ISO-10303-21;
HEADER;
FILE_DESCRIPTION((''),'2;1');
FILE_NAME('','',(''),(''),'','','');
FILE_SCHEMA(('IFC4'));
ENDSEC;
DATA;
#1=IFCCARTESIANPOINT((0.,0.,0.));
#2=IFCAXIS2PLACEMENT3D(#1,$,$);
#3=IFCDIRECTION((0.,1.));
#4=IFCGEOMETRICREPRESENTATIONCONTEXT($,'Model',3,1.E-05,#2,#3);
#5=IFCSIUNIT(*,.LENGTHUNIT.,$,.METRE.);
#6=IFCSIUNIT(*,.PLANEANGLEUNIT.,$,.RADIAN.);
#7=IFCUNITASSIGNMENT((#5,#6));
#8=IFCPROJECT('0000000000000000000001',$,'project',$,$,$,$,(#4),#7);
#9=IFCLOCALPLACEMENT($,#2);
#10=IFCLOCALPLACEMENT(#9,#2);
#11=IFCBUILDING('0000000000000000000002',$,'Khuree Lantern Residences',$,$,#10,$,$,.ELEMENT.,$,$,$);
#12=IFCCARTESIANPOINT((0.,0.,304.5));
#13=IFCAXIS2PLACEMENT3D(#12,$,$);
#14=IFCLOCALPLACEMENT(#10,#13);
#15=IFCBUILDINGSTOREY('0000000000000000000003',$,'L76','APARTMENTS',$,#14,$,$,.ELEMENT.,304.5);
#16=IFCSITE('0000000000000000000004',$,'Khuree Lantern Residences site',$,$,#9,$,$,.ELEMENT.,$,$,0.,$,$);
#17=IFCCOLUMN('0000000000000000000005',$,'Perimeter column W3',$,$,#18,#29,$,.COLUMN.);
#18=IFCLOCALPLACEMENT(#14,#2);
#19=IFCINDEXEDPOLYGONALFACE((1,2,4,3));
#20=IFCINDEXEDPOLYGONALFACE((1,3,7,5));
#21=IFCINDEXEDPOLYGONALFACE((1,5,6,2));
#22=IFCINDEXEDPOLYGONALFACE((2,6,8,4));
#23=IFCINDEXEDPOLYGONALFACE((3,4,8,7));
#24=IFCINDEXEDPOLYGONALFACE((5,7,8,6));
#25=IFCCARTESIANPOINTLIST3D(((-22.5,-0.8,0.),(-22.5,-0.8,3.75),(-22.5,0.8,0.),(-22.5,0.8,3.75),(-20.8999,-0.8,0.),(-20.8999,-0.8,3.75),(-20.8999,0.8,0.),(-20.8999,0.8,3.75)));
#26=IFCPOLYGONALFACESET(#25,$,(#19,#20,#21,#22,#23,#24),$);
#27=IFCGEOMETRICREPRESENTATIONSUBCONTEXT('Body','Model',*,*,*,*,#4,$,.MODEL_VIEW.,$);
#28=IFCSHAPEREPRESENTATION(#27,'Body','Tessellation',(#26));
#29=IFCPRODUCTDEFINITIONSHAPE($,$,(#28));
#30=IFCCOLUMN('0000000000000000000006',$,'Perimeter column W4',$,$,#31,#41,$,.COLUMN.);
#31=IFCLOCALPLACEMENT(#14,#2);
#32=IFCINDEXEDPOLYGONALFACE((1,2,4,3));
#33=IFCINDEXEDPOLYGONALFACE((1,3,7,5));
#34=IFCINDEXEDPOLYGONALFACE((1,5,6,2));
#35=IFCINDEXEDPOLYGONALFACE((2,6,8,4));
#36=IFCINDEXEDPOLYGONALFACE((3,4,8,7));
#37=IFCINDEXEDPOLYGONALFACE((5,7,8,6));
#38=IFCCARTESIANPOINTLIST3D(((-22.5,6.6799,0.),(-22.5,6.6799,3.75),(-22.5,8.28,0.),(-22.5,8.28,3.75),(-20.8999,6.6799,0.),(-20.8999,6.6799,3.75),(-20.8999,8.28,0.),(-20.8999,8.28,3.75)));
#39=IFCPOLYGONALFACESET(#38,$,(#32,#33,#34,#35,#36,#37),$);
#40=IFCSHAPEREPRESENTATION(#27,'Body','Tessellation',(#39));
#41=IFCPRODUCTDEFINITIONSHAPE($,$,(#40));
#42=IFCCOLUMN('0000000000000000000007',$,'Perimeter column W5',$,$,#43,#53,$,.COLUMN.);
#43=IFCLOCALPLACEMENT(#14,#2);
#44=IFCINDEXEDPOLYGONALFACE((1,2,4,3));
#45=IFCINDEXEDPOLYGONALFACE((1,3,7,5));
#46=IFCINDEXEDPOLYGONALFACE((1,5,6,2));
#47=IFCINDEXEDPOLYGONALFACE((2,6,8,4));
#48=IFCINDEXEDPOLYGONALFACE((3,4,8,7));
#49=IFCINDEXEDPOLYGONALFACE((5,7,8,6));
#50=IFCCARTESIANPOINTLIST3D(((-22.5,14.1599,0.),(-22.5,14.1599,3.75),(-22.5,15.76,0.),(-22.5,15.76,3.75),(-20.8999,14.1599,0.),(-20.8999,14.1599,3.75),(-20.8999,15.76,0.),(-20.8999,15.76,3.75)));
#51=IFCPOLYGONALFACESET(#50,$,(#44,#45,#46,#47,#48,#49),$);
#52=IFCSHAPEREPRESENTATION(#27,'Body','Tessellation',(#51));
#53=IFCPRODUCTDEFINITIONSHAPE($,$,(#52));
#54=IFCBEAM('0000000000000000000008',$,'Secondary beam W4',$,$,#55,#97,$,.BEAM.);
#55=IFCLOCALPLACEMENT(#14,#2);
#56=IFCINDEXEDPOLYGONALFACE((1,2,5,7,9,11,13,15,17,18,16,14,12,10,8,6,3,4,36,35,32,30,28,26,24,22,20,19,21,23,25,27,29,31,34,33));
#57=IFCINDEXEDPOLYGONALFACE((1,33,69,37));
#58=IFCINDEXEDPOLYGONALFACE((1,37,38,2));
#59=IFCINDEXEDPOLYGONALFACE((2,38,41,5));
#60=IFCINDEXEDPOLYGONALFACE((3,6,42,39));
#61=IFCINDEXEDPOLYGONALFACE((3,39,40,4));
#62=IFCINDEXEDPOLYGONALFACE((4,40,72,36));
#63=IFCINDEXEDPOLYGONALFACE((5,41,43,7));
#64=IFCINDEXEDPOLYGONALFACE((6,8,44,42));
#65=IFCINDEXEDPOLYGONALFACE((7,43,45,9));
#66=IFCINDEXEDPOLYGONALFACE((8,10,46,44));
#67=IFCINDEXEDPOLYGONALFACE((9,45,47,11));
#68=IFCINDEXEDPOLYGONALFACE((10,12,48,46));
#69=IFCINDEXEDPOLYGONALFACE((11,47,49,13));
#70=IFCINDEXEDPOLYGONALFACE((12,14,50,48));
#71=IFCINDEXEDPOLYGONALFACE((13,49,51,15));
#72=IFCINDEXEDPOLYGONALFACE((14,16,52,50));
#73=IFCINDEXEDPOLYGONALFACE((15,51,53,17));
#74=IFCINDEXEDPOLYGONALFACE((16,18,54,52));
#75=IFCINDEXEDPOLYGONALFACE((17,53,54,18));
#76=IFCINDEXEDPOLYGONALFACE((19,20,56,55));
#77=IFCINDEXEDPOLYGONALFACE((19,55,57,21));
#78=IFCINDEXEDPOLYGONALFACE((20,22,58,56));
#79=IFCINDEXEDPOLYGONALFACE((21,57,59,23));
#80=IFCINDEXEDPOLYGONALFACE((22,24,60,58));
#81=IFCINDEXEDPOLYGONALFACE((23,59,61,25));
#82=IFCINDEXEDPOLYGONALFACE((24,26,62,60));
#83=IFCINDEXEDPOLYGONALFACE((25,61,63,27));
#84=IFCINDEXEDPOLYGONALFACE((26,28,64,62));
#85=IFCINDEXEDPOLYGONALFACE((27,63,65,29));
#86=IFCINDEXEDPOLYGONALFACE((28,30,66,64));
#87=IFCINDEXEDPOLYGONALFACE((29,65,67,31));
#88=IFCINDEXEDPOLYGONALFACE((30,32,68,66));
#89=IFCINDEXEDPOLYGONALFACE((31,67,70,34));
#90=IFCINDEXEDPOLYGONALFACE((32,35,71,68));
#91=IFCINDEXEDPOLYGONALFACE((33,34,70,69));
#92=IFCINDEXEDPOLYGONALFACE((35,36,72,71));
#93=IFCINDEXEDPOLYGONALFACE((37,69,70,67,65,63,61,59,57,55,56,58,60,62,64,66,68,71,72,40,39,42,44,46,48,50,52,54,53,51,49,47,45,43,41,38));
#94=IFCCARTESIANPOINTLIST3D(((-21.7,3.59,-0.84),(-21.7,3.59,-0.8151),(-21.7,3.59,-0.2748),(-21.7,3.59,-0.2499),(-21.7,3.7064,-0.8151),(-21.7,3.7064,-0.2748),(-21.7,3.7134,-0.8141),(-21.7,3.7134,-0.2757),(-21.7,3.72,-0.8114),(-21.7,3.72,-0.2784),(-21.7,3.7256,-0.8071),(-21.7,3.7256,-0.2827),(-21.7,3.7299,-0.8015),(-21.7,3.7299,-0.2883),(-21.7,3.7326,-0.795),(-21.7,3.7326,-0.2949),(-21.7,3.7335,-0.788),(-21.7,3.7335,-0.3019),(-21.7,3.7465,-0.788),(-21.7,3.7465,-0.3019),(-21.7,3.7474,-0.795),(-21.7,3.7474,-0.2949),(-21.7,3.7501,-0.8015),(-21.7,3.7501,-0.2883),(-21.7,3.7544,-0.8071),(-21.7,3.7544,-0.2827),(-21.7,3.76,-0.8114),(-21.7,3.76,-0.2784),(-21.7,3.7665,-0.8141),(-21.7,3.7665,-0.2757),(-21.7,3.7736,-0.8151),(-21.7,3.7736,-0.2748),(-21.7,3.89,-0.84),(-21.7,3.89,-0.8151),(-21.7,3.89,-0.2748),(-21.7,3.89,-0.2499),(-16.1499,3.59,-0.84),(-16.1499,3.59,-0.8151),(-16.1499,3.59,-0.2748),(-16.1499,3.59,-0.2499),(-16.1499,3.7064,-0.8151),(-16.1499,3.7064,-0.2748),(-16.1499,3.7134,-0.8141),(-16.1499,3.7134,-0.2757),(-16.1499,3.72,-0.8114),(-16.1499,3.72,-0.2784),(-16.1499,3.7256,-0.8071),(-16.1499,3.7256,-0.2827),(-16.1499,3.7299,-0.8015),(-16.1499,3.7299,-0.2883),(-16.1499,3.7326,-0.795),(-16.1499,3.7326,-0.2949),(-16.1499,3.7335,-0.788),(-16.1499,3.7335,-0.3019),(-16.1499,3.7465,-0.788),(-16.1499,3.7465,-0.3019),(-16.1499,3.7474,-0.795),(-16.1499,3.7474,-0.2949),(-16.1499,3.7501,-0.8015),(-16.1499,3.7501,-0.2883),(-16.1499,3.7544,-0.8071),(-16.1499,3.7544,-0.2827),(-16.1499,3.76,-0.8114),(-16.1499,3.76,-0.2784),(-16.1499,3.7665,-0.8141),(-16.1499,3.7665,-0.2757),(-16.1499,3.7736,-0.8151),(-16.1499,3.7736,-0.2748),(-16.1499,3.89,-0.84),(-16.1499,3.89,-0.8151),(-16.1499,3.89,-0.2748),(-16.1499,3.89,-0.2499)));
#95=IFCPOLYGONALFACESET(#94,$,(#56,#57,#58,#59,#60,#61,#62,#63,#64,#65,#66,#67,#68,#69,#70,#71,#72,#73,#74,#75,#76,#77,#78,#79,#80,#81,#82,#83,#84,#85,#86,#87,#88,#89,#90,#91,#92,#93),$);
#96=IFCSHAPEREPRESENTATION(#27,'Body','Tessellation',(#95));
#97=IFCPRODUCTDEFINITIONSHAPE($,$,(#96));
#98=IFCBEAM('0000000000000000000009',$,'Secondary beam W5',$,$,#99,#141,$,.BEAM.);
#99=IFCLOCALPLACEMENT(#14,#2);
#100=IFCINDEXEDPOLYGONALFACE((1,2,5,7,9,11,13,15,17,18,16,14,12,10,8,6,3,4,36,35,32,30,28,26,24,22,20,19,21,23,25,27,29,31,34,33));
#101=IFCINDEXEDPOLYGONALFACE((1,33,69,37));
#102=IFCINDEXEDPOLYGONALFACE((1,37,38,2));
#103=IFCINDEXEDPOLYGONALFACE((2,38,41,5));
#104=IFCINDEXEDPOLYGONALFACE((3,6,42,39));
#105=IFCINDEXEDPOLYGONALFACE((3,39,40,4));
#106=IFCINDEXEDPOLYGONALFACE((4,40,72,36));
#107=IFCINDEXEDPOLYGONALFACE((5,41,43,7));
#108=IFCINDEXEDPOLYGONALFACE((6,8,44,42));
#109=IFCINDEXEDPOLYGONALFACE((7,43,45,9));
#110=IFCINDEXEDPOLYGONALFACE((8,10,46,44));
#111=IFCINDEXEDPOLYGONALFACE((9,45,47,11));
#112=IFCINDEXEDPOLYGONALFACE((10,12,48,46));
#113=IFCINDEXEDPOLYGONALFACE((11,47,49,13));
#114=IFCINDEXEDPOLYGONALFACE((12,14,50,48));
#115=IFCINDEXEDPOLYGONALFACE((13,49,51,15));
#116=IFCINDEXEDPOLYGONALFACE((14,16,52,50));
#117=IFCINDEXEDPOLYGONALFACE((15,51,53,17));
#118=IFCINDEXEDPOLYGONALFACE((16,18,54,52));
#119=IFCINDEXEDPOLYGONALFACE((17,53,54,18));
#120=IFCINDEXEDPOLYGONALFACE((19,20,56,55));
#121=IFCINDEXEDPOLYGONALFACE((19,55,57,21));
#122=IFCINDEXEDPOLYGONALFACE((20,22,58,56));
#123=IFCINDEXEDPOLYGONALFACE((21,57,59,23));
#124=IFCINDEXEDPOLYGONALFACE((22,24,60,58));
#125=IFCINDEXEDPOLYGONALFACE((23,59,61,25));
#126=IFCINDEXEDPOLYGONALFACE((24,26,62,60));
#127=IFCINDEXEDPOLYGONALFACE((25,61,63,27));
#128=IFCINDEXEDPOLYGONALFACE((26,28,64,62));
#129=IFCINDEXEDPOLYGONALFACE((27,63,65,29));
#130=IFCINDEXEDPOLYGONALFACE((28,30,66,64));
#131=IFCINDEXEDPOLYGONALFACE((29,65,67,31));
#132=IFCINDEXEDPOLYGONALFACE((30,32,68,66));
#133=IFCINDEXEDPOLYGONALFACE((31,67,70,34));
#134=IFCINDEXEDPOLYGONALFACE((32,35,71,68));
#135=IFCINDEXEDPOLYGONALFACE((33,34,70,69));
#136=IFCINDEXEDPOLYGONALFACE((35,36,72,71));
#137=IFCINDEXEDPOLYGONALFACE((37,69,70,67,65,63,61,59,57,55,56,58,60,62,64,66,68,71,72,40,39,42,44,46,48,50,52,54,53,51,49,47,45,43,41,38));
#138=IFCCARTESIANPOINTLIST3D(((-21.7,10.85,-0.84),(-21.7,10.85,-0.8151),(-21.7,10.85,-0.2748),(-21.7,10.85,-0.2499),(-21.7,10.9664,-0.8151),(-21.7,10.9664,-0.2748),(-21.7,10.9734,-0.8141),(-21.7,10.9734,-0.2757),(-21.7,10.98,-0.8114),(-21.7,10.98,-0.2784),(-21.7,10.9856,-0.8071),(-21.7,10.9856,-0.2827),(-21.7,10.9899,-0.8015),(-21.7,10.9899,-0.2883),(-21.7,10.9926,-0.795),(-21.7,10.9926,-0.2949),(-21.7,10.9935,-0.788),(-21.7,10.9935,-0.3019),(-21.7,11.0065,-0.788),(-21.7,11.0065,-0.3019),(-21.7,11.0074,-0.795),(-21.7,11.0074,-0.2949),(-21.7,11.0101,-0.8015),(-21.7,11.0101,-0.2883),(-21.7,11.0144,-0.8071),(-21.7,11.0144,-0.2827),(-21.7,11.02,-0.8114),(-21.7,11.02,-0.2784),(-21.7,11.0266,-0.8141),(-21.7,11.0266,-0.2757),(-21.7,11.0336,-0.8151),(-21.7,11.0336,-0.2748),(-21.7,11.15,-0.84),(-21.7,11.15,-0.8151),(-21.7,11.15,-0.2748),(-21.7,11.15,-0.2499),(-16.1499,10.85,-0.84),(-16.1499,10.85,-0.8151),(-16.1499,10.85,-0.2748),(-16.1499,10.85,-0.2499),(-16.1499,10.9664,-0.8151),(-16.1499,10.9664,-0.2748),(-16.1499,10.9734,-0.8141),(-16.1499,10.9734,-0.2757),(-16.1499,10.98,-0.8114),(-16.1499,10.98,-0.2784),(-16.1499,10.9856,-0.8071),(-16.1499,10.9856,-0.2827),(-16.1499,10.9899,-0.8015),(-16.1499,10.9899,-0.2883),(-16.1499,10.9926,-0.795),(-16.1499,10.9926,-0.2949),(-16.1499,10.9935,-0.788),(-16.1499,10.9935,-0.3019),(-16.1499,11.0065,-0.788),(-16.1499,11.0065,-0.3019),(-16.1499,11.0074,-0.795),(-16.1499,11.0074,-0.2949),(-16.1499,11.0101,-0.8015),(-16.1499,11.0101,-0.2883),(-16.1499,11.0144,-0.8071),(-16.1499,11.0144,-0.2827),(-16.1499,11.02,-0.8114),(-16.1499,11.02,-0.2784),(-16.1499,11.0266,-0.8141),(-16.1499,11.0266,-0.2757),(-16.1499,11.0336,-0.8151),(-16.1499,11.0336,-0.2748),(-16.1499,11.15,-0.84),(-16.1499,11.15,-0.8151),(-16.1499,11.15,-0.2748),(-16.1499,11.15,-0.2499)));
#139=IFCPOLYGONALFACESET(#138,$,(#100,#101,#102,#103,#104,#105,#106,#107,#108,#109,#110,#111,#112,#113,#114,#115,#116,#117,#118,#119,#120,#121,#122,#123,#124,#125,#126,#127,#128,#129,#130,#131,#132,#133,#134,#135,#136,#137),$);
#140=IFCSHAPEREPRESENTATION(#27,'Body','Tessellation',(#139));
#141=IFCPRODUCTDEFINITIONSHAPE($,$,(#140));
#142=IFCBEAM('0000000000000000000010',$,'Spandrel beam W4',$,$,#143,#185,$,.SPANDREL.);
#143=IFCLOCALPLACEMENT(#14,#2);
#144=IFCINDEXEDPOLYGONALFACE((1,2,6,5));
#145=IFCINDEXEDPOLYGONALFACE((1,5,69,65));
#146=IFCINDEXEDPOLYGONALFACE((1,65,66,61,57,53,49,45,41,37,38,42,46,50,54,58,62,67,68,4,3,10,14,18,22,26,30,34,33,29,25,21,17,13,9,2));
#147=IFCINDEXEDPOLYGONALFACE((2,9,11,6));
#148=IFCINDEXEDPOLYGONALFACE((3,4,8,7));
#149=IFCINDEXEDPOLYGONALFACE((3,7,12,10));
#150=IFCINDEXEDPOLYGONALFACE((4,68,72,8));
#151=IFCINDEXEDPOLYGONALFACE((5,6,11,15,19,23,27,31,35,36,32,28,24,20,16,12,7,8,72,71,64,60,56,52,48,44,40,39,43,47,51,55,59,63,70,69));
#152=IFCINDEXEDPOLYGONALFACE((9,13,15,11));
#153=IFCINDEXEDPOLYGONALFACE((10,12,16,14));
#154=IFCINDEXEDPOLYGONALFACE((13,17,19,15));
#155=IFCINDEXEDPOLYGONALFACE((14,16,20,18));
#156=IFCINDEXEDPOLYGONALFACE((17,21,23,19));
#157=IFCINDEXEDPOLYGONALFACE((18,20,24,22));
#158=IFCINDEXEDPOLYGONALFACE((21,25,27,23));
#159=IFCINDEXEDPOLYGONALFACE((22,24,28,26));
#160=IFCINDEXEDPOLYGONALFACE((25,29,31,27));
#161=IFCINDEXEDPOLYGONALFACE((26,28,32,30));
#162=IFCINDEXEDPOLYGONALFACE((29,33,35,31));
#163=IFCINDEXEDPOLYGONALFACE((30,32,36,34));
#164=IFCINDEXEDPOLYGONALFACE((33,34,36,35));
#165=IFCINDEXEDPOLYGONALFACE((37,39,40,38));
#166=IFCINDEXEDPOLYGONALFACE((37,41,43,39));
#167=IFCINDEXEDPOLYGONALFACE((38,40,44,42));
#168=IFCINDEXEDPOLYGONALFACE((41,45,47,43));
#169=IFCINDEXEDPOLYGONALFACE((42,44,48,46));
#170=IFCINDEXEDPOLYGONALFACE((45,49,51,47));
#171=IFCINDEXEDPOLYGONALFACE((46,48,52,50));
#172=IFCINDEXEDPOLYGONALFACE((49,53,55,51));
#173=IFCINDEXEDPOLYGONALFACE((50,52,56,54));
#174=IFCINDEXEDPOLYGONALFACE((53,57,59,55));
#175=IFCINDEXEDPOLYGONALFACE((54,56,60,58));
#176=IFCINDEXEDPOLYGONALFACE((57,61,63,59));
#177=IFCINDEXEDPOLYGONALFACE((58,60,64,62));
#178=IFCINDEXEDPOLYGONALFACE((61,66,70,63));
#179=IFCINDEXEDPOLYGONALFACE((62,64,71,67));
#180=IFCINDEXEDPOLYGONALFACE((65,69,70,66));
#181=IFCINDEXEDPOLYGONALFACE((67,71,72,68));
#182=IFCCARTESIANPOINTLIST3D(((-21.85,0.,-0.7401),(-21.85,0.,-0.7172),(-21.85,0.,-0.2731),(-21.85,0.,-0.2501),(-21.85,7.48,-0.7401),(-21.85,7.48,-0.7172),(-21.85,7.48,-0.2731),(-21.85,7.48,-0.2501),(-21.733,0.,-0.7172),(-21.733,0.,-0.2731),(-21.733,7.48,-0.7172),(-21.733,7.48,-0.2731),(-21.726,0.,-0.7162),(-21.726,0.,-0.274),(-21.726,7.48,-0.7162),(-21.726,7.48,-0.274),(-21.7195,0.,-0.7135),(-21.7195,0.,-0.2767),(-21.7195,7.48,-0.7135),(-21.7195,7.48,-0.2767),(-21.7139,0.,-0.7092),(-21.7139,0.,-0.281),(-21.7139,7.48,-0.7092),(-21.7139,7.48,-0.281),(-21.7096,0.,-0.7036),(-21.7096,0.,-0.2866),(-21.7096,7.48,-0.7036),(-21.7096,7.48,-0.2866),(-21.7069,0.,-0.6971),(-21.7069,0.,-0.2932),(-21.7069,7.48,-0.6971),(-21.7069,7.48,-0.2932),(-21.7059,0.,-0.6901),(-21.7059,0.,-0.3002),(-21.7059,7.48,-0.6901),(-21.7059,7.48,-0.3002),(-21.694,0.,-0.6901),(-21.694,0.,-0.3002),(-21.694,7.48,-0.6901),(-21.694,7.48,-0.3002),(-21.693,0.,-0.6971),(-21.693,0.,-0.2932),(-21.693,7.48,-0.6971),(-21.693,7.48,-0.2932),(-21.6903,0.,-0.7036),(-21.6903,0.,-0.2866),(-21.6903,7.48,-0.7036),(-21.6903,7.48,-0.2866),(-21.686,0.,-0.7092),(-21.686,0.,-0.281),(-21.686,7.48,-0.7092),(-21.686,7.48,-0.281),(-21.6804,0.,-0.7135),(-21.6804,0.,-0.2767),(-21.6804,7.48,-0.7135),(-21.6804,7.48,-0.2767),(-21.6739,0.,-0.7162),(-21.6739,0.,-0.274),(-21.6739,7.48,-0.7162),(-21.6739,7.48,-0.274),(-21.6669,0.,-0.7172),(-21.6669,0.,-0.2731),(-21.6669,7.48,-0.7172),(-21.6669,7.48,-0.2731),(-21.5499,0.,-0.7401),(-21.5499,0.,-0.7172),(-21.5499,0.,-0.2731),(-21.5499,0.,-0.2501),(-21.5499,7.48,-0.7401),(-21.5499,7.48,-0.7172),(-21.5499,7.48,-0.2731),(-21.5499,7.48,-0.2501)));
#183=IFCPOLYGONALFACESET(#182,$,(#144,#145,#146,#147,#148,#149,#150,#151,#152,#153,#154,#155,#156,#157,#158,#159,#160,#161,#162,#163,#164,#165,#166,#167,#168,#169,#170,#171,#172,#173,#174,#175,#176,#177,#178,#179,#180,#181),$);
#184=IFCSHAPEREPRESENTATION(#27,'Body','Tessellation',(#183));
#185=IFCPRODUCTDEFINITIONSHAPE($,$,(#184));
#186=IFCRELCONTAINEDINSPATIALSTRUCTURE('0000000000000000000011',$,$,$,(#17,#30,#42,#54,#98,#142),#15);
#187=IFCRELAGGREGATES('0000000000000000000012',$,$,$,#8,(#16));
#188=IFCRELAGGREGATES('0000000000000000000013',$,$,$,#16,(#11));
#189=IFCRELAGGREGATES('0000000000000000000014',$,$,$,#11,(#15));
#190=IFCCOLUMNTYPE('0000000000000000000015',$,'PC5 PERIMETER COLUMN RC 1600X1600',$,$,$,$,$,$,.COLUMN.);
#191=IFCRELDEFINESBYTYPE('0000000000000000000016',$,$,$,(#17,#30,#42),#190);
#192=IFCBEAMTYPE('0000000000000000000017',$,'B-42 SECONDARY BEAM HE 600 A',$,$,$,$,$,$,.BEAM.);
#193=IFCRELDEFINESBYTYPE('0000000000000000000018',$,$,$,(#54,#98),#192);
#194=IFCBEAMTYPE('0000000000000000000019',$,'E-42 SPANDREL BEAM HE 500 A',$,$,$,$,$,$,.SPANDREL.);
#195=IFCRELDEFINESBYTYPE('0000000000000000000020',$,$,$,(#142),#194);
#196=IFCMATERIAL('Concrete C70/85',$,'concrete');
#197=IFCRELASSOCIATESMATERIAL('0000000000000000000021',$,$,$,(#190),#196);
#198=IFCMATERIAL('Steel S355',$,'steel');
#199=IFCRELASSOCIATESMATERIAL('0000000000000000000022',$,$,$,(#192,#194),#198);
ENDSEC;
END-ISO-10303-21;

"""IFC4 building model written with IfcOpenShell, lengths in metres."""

from ifc_helpers import new_model, si_unit, direction, frame, origin, origin_2d, place, context, subcontext, project, spatial, rectangle, i_section, extrude, material, material_profile, profile_set, type_object, element, save


model = new_model("IFC4")

# Units and contexts
model_context = context("Model", 3, precision=1e-05, world=origin(), true_north=direction((0.0, 1.0)))
body_context = subcontext(model_context, "Body", "Model", "MODEL_VIEW")
ifc_project = project(units=[si_unit("LENGTHUNIT", "METRE"), si_unit("PLANEANGLEUNIT", "RADIAN")], contexts=[model_context])

# Site, building, storey
site_placement = place(None, origin())
site = spatial("IfcSite", under=ifc_project, at=site_placement, Name="Khuree Lantern Residences site", CompositionType="ELEMENT", RefElevation=0.0)
building_placement = place(site_placement, origin())
building = spatial("IfcBuilding", under=site, at=building_placement, Name="Khuree Lantern Residences", CompositionType="ELEMENT")
storey_placement = place(building_placement, frame((0.0, 0.0, 304.5)))
storey = spatial("IfcBuildingStorey", under=building, at=storey_placement, Name="L76", Description="APARTMENTS", CompositionType="ELEMENT", Elevation=304.5)

# Columns
ifc_material_1 = material(Name="Concrete C70/85", Category="concrete")
ifc_material_profile_1 = material_profile(ifc_material_1, rectangle(XDim=1.6001, YDim=1.6001, at=origin_2d()), Name="RC 1600X1600")
ifc_profile_set_1 = profile_set([ifc_material_profile_1], Name="Concrete C70/85")
column_type = type_object("IfcColumnType", Name="PC5 PERIMETER COLUMN RC 1600X1600", PredefinedType="COLUMN", material=ifc_profile_set_1)
for number, where, z_axis, x_axis, name in (
    (1, (-21.7, 0.0, 0.0), (0.0, 0.0, 1.0), (0.0, 1.0, 0.0), "Perimeter column W3"),
    (2, (-21.7, 7.48, 0.0), (0.0, 0.0, 1.0), (0.0, 1.0, 0.0), "Perimeter column W4"),
    (3, (-21.7, 14.96, 0.0), (0.0, 0.0, 1.0), (0.0, 1.0, 0.0), "Perimeter column W5"),
):
    element("IfcColumn", number, at=place(storey_placement, frame(where, z_axis=z_axis, x_axis=x_axis)), inside=storey, type_object=column_type, Name=name, PredefinedType="COLUMN", context=body_context, shape_type="SweptSolid", body=[
        extrude(rectangle(XDim=1.6001, YDim=1.6001, at=origin_2d()), origin(), (0.0, 0.0, 1.0), 3.75),
    ])

# Beams
ifc_material_2 = material(Name="Steel S355", Category="steel")
ifc_material_profile_2 = material_profile(ifc_material_2, i_section(OverallWidth=0.3, OverallDepth=0.5901, WebThickness=0.0129, FlangeThickness=0.0249, FilletRadius=0.0271, at=origin_2d()), Name="HE 600 A")
ifc_profile_set_2 = profile_set([ifc_material_profile_2], Name="Steel S355")
beam_type_1 = type_object("IfcBeamType", Name="B-42 SECONDARY BEAM HE 600 A", PredefinedType="BEAM", material=ifc_profile_set_2)
for number, where, z_axis, x_axis, name in (
    (4, (-21.7, 3.74, -0.5449), (1.0, 0.0, 0.0), (0.0, 1.0, 0.0), "Secondary beam W4"),
    (5, (-21.7, 11.0, -0.5449), (1.0, 0.0, 0.0), (0.0, 1.0, 0.0), "Secondary beam W5"),
):
    element("IfcBeam", number, at=place(storey_placement, frame(where, z_axis=z_axis, x_axis=x_axis)), inside=storey, type_object=beam_type_1, Name=name, PredefinedType="BEAM", context=body_context, shape_type="SweptSolid", body=[
        extrude(i_section(OverallWidth=0.3, OverallDepth=0.5901, WebThickness=0.0129, FlangeThickness=0.0249, FilletRadius=0.0271, at=origin_2d()), origin(), (0.0, 0.0, 1.0), 5.55),
    ])
ifc_material_profile_3 = material_profile(ifc_material_2, i_section(OverallWidth=0.3, OverallDepth=0.49, WebThickness=0.012, FlangeThickness=0.0229, FilletRadius=0.0271, at=origin_2d()), Name="HE 500 A")
ifc_profile_set_3 = profile_set([ifc_material_profile_3], Name="Steel S355")
beam_type_2 = type_object("IfcBeamType", Name="E-42 SPANDREL BEAM HE 500 A", PredefinedType="SPANDREL", material=ifc_profile_set_3)
for number, where, z_axis, x_axis, name in (
    (6, (-21.7, 0.0, -0.4951), (0.0, 1.0, 0.0), (-1.0, 0.0, 0.0), "Spandrel beam W4"),
):
    element("IfcBeam", number, at=place(storey_placement, frame(where, z_axis=z_axis, x_axis=x_axis)), inside=storey, type_object=beam_type_2, Name=name, PredefinedType="SPANDREL", context=body_context, shape_type="SweptSolid", body=[
        extrude(i_section(OverallWidth=0.3, OverallDepth=0.49, WebThickness=0.012, FlangeThickness=0.0229, FilletRadius=0.0271, at=origin_2d()), origin(), (0.0, 0.0, 1.0), 7.48),
    ])

save(model, "model.ifc")
